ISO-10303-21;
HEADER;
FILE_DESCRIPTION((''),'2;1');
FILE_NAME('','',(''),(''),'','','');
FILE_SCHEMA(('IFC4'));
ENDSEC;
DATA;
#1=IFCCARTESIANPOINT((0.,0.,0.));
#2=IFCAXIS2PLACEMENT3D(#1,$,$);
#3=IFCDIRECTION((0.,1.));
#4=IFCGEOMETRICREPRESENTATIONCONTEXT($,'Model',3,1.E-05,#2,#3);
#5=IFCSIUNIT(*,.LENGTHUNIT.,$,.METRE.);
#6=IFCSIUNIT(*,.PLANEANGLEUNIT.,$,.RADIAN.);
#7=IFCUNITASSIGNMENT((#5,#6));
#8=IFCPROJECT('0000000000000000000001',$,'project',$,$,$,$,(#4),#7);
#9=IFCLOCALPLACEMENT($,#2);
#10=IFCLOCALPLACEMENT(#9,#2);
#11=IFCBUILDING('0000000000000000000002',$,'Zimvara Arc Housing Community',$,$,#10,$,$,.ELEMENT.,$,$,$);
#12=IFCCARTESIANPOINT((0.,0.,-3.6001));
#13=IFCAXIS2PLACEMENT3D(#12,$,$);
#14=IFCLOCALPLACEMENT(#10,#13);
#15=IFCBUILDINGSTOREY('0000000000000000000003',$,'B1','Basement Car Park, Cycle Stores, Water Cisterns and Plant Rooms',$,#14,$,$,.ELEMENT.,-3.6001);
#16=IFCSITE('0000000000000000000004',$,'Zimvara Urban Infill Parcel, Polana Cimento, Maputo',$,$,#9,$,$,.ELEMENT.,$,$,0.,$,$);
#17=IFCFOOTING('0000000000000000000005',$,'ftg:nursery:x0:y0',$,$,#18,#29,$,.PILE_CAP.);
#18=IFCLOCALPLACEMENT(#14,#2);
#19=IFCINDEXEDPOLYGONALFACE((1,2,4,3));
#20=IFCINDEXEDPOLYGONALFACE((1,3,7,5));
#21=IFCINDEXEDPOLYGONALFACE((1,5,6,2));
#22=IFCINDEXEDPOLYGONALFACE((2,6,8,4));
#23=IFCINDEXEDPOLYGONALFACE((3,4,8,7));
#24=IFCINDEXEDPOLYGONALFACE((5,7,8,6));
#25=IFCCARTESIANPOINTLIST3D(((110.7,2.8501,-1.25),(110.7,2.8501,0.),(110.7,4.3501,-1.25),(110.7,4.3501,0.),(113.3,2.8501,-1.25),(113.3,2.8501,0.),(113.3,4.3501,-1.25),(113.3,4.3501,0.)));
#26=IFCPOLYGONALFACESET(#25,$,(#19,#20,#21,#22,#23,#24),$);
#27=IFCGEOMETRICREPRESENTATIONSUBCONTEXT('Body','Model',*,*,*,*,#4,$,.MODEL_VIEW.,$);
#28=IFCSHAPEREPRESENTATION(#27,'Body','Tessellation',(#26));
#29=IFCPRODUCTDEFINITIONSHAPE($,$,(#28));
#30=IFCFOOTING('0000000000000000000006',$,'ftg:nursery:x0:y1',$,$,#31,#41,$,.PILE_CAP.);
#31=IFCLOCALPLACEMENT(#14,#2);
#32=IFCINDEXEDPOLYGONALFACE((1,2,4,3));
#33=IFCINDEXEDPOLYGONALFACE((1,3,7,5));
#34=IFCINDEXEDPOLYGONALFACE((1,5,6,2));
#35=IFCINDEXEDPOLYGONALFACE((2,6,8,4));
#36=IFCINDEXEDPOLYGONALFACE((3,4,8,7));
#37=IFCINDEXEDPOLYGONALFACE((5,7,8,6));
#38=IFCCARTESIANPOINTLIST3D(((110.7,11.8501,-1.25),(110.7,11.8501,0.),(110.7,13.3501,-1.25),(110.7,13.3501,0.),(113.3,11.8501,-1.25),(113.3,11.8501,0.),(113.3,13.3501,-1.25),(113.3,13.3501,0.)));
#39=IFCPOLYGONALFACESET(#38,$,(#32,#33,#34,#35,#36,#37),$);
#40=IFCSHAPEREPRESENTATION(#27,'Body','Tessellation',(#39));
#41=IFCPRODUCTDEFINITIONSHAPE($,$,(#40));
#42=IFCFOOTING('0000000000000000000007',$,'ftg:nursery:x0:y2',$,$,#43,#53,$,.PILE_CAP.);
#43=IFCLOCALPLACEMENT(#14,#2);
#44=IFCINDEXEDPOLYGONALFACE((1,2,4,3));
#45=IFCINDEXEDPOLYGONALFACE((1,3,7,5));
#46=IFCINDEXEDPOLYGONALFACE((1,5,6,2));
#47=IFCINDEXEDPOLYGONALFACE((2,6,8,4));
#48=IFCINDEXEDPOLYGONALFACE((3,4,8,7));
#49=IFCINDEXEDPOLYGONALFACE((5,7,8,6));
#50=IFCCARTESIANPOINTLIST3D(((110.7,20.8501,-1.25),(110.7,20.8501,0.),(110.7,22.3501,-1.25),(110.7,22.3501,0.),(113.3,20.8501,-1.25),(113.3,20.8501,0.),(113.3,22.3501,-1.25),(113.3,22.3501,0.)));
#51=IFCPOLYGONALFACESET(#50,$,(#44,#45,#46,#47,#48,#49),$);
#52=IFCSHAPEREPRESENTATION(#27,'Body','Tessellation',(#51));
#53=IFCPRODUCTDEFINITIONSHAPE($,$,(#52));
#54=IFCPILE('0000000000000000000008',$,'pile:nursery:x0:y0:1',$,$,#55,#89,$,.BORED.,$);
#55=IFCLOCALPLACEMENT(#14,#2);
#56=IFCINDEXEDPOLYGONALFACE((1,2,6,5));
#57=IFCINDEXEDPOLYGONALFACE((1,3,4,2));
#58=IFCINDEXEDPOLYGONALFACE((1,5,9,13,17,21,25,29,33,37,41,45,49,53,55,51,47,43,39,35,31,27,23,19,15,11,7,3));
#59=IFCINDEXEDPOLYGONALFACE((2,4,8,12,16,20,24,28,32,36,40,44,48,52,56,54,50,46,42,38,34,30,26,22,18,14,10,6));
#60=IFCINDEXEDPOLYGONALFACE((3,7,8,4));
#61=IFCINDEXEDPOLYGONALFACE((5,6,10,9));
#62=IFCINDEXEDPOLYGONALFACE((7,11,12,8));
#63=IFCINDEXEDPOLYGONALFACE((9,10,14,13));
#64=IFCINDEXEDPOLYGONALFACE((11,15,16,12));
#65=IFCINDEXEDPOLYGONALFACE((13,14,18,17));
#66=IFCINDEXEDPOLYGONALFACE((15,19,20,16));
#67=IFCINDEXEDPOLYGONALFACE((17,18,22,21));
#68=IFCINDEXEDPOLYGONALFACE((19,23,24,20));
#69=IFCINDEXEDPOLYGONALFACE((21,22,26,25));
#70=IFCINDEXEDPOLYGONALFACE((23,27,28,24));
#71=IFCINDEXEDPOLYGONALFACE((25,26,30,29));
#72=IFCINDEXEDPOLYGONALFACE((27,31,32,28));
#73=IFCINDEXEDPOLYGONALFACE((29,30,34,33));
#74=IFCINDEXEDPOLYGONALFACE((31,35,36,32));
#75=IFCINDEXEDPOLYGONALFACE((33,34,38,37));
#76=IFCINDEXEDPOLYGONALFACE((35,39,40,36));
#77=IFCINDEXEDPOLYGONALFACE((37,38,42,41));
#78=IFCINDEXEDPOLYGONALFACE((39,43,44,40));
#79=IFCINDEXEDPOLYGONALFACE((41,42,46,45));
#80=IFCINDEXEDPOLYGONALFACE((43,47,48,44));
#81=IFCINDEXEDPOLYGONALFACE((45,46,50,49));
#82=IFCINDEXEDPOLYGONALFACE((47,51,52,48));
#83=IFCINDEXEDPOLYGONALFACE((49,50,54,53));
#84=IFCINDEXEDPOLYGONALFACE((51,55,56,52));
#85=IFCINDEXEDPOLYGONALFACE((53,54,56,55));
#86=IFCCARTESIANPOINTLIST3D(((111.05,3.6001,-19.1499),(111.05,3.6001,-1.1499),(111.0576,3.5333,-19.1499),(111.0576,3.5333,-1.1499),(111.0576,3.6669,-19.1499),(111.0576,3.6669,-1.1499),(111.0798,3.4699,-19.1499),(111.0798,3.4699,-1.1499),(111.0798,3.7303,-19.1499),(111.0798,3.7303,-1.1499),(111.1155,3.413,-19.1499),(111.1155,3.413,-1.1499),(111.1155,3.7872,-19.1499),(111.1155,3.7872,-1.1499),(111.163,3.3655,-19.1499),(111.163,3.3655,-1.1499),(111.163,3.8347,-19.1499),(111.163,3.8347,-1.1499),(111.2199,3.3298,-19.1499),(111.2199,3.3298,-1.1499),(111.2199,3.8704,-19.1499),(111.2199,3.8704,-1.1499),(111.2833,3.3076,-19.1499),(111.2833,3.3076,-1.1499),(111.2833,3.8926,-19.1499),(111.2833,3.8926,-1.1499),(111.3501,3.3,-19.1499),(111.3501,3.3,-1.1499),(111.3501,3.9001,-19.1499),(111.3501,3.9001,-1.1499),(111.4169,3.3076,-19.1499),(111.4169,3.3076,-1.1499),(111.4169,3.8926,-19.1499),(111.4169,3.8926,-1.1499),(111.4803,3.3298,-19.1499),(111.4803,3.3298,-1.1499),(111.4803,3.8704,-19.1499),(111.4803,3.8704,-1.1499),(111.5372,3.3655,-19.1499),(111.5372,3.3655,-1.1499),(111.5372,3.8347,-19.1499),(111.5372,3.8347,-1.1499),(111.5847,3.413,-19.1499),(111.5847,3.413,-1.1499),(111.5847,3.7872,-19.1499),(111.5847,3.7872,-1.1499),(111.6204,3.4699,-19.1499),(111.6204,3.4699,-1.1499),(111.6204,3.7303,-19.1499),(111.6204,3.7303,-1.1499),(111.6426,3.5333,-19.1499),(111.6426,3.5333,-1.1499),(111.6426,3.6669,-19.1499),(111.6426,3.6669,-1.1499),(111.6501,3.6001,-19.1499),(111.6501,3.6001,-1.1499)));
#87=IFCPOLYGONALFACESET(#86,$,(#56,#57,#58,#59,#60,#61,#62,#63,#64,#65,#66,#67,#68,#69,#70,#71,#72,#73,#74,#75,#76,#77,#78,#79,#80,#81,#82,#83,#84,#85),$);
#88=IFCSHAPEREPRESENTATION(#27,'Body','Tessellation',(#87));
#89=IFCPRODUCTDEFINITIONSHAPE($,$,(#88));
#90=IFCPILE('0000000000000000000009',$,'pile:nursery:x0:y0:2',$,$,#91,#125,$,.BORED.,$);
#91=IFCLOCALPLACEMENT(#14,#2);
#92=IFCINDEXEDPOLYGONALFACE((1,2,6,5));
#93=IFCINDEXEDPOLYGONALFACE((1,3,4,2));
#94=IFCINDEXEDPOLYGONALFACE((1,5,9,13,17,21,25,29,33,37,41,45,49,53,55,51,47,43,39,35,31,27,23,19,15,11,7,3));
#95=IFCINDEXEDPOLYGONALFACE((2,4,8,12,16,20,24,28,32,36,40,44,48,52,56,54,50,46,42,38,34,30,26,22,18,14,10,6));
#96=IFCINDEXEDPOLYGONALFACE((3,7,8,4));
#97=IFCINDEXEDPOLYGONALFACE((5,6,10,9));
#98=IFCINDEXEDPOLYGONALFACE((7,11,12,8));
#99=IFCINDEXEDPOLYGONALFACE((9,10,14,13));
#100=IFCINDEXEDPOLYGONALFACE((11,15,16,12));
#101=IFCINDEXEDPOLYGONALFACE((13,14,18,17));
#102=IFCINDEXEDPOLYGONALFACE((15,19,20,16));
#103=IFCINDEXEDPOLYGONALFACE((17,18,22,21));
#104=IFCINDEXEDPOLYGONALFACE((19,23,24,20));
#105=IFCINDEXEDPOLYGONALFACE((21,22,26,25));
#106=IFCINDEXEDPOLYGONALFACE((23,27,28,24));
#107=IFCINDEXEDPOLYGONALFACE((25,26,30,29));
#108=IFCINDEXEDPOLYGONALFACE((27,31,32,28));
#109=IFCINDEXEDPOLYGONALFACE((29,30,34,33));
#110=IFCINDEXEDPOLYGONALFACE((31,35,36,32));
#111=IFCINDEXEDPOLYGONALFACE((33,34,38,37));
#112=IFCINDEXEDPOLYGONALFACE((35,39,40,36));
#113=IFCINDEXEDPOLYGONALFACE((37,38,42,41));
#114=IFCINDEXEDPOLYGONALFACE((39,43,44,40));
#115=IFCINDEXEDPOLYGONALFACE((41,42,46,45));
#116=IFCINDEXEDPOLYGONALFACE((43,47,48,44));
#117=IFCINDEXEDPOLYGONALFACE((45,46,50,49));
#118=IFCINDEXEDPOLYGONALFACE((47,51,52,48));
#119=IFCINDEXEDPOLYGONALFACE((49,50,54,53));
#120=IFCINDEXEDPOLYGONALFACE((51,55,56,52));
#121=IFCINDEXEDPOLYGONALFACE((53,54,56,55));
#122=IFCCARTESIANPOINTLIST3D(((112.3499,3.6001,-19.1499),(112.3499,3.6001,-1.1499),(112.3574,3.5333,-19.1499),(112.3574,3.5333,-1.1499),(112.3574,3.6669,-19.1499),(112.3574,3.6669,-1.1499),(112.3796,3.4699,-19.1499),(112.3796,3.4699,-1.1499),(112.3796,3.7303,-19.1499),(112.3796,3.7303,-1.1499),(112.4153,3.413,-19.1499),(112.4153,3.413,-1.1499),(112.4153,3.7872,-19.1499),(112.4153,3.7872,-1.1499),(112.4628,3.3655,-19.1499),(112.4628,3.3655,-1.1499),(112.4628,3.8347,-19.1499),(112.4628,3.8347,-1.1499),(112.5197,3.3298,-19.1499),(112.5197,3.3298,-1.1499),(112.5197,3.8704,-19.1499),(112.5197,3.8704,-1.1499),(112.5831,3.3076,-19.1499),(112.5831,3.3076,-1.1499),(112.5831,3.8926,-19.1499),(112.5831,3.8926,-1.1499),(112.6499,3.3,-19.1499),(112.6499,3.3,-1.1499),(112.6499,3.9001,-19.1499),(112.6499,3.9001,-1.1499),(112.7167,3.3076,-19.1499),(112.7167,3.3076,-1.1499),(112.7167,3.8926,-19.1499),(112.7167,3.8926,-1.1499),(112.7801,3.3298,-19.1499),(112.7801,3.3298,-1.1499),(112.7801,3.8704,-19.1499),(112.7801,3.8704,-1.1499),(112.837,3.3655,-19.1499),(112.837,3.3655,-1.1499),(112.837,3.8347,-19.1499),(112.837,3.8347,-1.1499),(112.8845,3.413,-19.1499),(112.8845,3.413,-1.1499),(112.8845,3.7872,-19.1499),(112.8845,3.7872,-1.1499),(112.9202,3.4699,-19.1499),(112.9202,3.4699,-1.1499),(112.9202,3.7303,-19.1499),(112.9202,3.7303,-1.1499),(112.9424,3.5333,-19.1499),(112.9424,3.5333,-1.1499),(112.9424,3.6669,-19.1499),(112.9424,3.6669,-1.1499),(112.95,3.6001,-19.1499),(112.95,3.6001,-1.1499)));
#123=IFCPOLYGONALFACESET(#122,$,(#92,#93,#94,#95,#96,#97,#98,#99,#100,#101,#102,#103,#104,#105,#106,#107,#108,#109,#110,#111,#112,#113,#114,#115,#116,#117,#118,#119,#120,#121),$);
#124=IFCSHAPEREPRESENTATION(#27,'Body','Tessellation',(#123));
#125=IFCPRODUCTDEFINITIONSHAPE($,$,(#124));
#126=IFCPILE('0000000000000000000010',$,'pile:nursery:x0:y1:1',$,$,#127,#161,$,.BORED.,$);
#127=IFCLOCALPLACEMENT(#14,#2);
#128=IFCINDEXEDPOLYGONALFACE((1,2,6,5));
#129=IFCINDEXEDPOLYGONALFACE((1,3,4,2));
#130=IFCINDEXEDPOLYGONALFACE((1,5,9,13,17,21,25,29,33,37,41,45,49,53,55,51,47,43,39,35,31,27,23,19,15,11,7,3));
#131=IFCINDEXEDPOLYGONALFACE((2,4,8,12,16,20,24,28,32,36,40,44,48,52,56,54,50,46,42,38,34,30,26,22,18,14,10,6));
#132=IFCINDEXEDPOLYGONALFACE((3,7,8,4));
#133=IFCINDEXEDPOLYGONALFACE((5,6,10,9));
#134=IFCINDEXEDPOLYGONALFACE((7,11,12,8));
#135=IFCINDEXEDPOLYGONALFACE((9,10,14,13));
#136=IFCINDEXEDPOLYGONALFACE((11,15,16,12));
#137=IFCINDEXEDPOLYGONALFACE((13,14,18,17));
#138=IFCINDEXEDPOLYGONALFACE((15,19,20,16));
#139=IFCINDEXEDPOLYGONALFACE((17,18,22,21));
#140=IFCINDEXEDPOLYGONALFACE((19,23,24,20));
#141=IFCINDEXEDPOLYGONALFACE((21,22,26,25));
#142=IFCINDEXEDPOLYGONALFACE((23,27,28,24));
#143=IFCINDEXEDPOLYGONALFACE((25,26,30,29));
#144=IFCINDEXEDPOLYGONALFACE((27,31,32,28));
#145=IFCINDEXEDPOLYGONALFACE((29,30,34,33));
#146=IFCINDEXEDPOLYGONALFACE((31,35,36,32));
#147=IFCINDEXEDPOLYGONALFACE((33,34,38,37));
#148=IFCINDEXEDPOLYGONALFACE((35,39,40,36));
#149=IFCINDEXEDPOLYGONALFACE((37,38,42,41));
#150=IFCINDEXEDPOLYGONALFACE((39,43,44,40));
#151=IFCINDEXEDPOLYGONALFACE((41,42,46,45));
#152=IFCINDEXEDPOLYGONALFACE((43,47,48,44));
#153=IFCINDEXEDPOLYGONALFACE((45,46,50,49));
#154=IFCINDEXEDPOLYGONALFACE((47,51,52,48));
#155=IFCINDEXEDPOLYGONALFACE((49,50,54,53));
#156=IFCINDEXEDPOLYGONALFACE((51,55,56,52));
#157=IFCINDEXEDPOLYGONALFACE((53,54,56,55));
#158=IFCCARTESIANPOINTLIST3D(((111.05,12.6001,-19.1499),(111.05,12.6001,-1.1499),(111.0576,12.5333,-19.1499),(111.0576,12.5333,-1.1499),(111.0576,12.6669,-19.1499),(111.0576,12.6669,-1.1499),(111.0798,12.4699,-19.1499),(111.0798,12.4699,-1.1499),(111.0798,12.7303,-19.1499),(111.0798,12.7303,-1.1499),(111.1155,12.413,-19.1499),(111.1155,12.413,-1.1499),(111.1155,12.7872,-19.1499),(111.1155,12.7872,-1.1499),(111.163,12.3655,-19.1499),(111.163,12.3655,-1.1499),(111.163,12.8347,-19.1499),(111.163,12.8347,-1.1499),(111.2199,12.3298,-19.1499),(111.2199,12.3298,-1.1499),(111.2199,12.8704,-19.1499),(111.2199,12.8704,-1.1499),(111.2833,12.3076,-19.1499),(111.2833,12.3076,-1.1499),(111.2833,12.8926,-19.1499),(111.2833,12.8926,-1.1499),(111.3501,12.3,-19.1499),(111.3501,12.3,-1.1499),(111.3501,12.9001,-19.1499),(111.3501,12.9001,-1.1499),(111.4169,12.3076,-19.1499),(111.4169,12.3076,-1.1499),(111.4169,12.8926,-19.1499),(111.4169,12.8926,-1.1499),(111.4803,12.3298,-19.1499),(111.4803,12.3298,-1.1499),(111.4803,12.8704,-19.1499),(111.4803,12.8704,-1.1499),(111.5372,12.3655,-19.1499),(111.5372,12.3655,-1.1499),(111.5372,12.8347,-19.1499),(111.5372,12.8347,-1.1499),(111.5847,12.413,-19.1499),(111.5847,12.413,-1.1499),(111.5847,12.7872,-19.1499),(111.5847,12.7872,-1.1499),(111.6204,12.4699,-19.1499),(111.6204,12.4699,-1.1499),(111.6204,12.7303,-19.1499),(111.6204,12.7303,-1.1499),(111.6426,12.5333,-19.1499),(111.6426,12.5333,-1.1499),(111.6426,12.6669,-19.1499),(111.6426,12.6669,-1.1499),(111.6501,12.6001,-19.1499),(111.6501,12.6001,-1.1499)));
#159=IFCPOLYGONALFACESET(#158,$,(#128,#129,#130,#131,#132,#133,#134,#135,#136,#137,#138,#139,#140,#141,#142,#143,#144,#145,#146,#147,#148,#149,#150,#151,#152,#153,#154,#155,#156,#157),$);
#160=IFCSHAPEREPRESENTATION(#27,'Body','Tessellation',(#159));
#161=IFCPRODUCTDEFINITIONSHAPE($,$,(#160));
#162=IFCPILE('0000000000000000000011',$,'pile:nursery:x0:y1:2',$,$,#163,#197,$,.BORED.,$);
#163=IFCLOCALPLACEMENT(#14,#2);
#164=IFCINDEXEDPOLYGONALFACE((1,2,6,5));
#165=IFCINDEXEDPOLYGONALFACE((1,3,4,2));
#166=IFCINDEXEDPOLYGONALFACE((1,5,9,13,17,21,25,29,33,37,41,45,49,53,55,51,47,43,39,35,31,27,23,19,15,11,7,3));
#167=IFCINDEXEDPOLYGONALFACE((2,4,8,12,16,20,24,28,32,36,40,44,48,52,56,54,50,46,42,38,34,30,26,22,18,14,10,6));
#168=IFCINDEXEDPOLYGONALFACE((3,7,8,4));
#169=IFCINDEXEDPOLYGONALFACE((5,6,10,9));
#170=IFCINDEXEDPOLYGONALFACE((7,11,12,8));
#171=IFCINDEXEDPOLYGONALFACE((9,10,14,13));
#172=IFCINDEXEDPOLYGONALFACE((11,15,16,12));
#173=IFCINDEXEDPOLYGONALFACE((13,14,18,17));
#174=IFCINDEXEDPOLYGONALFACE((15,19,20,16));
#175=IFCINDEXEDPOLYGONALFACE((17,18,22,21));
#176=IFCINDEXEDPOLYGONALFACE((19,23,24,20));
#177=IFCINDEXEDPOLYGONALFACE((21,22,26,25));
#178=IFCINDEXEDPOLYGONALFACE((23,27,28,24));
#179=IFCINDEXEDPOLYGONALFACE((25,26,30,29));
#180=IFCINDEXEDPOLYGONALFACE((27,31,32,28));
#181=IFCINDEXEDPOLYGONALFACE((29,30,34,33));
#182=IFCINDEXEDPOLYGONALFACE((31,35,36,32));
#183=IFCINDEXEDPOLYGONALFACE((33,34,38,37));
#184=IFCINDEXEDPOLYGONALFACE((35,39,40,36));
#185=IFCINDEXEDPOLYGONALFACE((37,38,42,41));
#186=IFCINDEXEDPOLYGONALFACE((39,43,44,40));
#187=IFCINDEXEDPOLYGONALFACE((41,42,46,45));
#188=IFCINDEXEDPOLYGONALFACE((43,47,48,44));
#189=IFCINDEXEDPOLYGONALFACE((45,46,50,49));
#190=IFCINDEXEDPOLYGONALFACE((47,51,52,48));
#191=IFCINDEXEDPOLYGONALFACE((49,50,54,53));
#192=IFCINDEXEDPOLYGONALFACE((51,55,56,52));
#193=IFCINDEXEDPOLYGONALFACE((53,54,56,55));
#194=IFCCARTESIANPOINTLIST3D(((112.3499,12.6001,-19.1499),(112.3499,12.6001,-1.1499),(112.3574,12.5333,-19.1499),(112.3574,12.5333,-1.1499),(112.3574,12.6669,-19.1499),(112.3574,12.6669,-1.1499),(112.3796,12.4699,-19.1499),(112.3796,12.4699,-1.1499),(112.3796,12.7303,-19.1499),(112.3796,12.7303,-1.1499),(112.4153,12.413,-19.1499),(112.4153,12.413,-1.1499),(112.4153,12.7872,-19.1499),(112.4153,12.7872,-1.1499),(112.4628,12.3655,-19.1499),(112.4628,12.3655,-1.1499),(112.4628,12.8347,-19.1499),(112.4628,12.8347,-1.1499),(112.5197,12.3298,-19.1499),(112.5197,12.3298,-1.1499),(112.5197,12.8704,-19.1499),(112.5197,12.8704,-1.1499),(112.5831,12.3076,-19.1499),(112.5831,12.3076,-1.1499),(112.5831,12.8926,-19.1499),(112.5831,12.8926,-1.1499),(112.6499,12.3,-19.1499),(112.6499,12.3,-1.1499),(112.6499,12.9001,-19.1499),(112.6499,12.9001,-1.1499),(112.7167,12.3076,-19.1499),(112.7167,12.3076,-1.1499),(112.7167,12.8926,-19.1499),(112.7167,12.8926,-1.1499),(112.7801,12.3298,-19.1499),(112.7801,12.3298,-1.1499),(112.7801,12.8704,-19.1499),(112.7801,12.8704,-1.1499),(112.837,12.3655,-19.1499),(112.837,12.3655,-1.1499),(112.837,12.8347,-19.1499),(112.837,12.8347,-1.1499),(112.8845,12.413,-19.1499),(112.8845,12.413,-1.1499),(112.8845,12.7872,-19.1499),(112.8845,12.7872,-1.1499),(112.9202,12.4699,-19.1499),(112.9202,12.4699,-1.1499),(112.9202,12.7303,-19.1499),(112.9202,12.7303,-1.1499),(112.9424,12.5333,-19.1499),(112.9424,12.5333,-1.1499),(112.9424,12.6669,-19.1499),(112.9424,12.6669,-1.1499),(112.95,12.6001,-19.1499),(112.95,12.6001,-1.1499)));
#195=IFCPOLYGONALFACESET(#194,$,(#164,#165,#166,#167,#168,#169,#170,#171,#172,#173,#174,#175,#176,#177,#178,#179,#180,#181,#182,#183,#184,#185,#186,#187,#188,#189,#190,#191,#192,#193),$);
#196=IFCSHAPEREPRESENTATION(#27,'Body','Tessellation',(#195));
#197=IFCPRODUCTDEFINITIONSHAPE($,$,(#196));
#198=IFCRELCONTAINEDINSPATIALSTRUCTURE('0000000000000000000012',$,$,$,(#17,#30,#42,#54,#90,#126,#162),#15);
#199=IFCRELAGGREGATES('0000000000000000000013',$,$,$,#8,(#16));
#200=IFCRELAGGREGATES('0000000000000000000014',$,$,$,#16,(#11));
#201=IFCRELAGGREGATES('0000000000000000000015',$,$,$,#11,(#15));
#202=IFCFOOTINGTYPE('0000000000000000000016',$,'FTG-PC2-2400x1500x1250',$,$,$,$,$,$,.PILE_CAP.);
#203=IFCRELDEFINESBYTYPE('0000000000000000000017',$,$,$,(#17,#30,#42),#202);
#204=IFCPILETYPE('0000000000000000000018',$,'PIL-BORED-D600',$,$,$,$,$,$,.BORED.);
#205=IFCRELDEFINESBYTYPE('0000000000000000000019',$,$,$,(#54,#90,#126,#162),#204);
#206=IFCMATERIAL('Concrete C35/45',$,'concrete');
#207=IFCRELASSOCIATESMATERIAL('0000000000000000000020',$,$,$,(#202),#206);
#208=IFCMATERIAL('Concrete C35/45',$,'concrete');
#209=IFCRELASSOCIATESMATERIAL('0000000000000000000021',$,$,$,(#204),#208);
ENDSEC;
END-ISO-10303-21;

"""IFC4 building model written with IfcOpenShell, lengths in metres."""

from ifc_helpers import new_model, si_unit, direction, frame, origin, origin_2d, place, context, subcontext, project, spatial, rectangle, circle, extrude, material, material_profile, profile_set, type_object, element, save


model = new_model("IFC4")

# Units and contexts
model_context = context("Model", 3, precision=1e-05, world=origin(), true_north=direction((0.0, 1.0)))
body_context = subcontext(model_context, "Body", "Model", "MODEL_VIEW")
ifc_project = project(units=[si_unit("LENGTHUNIT", "METRE"), si_unit("PLANEANGLEUNIT", "RADIAN")], contexts=[model_context])

# Site, building, storey
site_placement = place(None, origin())
site = spatial("IfcSite", under=ifc_project, at=site_placement, Name="Zimvara Urban Infill Parcel, Polana Cimento, Maputo", CompositionType="ELEMENT", RefElevation=0.0)
building_placement = place(site_placement, origin())
building = spatial("IfcBuilding", under=site, at=building_placement, Name="Zimvara Arc Housing Community", CompositionType="ELEMENT")
storey_placement = place(building_placement, frame((0.0, 0.0, -3.6001)))
storey = spatial("IfcBuildingStorey", under=building, at=storey_placement, Name="B1", Description="Basement Car Park, Cycle Stores, Water Cisterns and Plant Rooms", CompositionType="ELEMENT", Elevation=-3.6001)

# Footings
ifc_material_1 = material(Name="Concrete C35/45", Category="concrete")
footing_type = type_object("IfcFootingType", Name="FTG-PC2-2400x1500x1250", PredefinedType="PILE_CAP", material=ifc_material_1)
for number, where, z_axis, x_axis, name in (
    (1, (112.0, 3.6001, -1.25), (0.0, 0.0, 1.0), (1.0, 0.0, 0.0), "ftg:nursery:x0:y0"),
    (2, (112.0, 12.6001, -1.25), (0.0, 0.0, 1.0), (1.0, 0.0, 0.0), "ftg:nursery:x0:y1"),
    (3, (112.0, 21.6001, -1.25), (0.0, 0.0, 1.0), (1.0, 0.0, 0.0), "ftg:nursery:x0:y2"),
):
    element("IfcFooting", number, at=place(storey_placement, frame(where, z_axis=z_axis, x_axis=x_axis)), inside=storey, type_object=footing_type, Name=name, PredefinedType="PILE_CAP", context=body_context, shape_type="SweptSolid", body=[
        extrude(rectangle(XDim=2.6001, YDim=1.5, at=origin_2d()), origin(), (0.0, 0.0, 1.0), 1.25),
    ])

# Piles
ifc_material_2 = material(Name="Concrete C35/45", Category="concrete")
ifc_material_profile_1 = material_profile(ifc_material_2, circle(Radius=0.3, at=origin_2d()), Name="PILE D600")
ifc_profile_set_1 = profile_set([ifc_material_profile_1], Name="Concrete C35/45")
pile_type = type_object("IfcPileType", Name="PIL-BORED-D600", PredefinedType="BORED", material=ifc_profile_set_1)
for number, where, z_axis, x_axis, name in (
    (4, (111.3501, 3.6001, -1.1499), (0.0, 0.0, -1.0), (1.0, 0.0, 0.0), "pile:nursery:x0:y0:1"),
    (5, (112.6499, 3.6001, -1.1499), (0.0, 0.0, -1.0), (1.0, 0.0, 0.0), "pile:nursery:x0:y0:2"),
    (6, (111.3501, 12.6001, -1.1499), (0.0, 0.0, -1.0), (1.0, 0.0, 0.0), "pile:nursery:x0:y1:1"),
    (7, (112.6499, 12.6001, -1.1499), (0.0, 0.0, -1.0), (1.0, 0.0, 0.0), "pile:nursery:x0:y1:2"),
):
    element("IfcPile", number, at=place(storey_placement, frame(where, z_axis=z_axis, x_axis=x_axis)), inside=storey, type_object=pile_type, Name=name, PredefinedType="BORED", context=body_context, shape_type="SweptSolid", body=[
        extrude(circle(Radius=0.3, at=origin_2d()), origin(), (0.0, 0.0, 1.0), 18.0),
    ])

save(model, "model.ifc")
